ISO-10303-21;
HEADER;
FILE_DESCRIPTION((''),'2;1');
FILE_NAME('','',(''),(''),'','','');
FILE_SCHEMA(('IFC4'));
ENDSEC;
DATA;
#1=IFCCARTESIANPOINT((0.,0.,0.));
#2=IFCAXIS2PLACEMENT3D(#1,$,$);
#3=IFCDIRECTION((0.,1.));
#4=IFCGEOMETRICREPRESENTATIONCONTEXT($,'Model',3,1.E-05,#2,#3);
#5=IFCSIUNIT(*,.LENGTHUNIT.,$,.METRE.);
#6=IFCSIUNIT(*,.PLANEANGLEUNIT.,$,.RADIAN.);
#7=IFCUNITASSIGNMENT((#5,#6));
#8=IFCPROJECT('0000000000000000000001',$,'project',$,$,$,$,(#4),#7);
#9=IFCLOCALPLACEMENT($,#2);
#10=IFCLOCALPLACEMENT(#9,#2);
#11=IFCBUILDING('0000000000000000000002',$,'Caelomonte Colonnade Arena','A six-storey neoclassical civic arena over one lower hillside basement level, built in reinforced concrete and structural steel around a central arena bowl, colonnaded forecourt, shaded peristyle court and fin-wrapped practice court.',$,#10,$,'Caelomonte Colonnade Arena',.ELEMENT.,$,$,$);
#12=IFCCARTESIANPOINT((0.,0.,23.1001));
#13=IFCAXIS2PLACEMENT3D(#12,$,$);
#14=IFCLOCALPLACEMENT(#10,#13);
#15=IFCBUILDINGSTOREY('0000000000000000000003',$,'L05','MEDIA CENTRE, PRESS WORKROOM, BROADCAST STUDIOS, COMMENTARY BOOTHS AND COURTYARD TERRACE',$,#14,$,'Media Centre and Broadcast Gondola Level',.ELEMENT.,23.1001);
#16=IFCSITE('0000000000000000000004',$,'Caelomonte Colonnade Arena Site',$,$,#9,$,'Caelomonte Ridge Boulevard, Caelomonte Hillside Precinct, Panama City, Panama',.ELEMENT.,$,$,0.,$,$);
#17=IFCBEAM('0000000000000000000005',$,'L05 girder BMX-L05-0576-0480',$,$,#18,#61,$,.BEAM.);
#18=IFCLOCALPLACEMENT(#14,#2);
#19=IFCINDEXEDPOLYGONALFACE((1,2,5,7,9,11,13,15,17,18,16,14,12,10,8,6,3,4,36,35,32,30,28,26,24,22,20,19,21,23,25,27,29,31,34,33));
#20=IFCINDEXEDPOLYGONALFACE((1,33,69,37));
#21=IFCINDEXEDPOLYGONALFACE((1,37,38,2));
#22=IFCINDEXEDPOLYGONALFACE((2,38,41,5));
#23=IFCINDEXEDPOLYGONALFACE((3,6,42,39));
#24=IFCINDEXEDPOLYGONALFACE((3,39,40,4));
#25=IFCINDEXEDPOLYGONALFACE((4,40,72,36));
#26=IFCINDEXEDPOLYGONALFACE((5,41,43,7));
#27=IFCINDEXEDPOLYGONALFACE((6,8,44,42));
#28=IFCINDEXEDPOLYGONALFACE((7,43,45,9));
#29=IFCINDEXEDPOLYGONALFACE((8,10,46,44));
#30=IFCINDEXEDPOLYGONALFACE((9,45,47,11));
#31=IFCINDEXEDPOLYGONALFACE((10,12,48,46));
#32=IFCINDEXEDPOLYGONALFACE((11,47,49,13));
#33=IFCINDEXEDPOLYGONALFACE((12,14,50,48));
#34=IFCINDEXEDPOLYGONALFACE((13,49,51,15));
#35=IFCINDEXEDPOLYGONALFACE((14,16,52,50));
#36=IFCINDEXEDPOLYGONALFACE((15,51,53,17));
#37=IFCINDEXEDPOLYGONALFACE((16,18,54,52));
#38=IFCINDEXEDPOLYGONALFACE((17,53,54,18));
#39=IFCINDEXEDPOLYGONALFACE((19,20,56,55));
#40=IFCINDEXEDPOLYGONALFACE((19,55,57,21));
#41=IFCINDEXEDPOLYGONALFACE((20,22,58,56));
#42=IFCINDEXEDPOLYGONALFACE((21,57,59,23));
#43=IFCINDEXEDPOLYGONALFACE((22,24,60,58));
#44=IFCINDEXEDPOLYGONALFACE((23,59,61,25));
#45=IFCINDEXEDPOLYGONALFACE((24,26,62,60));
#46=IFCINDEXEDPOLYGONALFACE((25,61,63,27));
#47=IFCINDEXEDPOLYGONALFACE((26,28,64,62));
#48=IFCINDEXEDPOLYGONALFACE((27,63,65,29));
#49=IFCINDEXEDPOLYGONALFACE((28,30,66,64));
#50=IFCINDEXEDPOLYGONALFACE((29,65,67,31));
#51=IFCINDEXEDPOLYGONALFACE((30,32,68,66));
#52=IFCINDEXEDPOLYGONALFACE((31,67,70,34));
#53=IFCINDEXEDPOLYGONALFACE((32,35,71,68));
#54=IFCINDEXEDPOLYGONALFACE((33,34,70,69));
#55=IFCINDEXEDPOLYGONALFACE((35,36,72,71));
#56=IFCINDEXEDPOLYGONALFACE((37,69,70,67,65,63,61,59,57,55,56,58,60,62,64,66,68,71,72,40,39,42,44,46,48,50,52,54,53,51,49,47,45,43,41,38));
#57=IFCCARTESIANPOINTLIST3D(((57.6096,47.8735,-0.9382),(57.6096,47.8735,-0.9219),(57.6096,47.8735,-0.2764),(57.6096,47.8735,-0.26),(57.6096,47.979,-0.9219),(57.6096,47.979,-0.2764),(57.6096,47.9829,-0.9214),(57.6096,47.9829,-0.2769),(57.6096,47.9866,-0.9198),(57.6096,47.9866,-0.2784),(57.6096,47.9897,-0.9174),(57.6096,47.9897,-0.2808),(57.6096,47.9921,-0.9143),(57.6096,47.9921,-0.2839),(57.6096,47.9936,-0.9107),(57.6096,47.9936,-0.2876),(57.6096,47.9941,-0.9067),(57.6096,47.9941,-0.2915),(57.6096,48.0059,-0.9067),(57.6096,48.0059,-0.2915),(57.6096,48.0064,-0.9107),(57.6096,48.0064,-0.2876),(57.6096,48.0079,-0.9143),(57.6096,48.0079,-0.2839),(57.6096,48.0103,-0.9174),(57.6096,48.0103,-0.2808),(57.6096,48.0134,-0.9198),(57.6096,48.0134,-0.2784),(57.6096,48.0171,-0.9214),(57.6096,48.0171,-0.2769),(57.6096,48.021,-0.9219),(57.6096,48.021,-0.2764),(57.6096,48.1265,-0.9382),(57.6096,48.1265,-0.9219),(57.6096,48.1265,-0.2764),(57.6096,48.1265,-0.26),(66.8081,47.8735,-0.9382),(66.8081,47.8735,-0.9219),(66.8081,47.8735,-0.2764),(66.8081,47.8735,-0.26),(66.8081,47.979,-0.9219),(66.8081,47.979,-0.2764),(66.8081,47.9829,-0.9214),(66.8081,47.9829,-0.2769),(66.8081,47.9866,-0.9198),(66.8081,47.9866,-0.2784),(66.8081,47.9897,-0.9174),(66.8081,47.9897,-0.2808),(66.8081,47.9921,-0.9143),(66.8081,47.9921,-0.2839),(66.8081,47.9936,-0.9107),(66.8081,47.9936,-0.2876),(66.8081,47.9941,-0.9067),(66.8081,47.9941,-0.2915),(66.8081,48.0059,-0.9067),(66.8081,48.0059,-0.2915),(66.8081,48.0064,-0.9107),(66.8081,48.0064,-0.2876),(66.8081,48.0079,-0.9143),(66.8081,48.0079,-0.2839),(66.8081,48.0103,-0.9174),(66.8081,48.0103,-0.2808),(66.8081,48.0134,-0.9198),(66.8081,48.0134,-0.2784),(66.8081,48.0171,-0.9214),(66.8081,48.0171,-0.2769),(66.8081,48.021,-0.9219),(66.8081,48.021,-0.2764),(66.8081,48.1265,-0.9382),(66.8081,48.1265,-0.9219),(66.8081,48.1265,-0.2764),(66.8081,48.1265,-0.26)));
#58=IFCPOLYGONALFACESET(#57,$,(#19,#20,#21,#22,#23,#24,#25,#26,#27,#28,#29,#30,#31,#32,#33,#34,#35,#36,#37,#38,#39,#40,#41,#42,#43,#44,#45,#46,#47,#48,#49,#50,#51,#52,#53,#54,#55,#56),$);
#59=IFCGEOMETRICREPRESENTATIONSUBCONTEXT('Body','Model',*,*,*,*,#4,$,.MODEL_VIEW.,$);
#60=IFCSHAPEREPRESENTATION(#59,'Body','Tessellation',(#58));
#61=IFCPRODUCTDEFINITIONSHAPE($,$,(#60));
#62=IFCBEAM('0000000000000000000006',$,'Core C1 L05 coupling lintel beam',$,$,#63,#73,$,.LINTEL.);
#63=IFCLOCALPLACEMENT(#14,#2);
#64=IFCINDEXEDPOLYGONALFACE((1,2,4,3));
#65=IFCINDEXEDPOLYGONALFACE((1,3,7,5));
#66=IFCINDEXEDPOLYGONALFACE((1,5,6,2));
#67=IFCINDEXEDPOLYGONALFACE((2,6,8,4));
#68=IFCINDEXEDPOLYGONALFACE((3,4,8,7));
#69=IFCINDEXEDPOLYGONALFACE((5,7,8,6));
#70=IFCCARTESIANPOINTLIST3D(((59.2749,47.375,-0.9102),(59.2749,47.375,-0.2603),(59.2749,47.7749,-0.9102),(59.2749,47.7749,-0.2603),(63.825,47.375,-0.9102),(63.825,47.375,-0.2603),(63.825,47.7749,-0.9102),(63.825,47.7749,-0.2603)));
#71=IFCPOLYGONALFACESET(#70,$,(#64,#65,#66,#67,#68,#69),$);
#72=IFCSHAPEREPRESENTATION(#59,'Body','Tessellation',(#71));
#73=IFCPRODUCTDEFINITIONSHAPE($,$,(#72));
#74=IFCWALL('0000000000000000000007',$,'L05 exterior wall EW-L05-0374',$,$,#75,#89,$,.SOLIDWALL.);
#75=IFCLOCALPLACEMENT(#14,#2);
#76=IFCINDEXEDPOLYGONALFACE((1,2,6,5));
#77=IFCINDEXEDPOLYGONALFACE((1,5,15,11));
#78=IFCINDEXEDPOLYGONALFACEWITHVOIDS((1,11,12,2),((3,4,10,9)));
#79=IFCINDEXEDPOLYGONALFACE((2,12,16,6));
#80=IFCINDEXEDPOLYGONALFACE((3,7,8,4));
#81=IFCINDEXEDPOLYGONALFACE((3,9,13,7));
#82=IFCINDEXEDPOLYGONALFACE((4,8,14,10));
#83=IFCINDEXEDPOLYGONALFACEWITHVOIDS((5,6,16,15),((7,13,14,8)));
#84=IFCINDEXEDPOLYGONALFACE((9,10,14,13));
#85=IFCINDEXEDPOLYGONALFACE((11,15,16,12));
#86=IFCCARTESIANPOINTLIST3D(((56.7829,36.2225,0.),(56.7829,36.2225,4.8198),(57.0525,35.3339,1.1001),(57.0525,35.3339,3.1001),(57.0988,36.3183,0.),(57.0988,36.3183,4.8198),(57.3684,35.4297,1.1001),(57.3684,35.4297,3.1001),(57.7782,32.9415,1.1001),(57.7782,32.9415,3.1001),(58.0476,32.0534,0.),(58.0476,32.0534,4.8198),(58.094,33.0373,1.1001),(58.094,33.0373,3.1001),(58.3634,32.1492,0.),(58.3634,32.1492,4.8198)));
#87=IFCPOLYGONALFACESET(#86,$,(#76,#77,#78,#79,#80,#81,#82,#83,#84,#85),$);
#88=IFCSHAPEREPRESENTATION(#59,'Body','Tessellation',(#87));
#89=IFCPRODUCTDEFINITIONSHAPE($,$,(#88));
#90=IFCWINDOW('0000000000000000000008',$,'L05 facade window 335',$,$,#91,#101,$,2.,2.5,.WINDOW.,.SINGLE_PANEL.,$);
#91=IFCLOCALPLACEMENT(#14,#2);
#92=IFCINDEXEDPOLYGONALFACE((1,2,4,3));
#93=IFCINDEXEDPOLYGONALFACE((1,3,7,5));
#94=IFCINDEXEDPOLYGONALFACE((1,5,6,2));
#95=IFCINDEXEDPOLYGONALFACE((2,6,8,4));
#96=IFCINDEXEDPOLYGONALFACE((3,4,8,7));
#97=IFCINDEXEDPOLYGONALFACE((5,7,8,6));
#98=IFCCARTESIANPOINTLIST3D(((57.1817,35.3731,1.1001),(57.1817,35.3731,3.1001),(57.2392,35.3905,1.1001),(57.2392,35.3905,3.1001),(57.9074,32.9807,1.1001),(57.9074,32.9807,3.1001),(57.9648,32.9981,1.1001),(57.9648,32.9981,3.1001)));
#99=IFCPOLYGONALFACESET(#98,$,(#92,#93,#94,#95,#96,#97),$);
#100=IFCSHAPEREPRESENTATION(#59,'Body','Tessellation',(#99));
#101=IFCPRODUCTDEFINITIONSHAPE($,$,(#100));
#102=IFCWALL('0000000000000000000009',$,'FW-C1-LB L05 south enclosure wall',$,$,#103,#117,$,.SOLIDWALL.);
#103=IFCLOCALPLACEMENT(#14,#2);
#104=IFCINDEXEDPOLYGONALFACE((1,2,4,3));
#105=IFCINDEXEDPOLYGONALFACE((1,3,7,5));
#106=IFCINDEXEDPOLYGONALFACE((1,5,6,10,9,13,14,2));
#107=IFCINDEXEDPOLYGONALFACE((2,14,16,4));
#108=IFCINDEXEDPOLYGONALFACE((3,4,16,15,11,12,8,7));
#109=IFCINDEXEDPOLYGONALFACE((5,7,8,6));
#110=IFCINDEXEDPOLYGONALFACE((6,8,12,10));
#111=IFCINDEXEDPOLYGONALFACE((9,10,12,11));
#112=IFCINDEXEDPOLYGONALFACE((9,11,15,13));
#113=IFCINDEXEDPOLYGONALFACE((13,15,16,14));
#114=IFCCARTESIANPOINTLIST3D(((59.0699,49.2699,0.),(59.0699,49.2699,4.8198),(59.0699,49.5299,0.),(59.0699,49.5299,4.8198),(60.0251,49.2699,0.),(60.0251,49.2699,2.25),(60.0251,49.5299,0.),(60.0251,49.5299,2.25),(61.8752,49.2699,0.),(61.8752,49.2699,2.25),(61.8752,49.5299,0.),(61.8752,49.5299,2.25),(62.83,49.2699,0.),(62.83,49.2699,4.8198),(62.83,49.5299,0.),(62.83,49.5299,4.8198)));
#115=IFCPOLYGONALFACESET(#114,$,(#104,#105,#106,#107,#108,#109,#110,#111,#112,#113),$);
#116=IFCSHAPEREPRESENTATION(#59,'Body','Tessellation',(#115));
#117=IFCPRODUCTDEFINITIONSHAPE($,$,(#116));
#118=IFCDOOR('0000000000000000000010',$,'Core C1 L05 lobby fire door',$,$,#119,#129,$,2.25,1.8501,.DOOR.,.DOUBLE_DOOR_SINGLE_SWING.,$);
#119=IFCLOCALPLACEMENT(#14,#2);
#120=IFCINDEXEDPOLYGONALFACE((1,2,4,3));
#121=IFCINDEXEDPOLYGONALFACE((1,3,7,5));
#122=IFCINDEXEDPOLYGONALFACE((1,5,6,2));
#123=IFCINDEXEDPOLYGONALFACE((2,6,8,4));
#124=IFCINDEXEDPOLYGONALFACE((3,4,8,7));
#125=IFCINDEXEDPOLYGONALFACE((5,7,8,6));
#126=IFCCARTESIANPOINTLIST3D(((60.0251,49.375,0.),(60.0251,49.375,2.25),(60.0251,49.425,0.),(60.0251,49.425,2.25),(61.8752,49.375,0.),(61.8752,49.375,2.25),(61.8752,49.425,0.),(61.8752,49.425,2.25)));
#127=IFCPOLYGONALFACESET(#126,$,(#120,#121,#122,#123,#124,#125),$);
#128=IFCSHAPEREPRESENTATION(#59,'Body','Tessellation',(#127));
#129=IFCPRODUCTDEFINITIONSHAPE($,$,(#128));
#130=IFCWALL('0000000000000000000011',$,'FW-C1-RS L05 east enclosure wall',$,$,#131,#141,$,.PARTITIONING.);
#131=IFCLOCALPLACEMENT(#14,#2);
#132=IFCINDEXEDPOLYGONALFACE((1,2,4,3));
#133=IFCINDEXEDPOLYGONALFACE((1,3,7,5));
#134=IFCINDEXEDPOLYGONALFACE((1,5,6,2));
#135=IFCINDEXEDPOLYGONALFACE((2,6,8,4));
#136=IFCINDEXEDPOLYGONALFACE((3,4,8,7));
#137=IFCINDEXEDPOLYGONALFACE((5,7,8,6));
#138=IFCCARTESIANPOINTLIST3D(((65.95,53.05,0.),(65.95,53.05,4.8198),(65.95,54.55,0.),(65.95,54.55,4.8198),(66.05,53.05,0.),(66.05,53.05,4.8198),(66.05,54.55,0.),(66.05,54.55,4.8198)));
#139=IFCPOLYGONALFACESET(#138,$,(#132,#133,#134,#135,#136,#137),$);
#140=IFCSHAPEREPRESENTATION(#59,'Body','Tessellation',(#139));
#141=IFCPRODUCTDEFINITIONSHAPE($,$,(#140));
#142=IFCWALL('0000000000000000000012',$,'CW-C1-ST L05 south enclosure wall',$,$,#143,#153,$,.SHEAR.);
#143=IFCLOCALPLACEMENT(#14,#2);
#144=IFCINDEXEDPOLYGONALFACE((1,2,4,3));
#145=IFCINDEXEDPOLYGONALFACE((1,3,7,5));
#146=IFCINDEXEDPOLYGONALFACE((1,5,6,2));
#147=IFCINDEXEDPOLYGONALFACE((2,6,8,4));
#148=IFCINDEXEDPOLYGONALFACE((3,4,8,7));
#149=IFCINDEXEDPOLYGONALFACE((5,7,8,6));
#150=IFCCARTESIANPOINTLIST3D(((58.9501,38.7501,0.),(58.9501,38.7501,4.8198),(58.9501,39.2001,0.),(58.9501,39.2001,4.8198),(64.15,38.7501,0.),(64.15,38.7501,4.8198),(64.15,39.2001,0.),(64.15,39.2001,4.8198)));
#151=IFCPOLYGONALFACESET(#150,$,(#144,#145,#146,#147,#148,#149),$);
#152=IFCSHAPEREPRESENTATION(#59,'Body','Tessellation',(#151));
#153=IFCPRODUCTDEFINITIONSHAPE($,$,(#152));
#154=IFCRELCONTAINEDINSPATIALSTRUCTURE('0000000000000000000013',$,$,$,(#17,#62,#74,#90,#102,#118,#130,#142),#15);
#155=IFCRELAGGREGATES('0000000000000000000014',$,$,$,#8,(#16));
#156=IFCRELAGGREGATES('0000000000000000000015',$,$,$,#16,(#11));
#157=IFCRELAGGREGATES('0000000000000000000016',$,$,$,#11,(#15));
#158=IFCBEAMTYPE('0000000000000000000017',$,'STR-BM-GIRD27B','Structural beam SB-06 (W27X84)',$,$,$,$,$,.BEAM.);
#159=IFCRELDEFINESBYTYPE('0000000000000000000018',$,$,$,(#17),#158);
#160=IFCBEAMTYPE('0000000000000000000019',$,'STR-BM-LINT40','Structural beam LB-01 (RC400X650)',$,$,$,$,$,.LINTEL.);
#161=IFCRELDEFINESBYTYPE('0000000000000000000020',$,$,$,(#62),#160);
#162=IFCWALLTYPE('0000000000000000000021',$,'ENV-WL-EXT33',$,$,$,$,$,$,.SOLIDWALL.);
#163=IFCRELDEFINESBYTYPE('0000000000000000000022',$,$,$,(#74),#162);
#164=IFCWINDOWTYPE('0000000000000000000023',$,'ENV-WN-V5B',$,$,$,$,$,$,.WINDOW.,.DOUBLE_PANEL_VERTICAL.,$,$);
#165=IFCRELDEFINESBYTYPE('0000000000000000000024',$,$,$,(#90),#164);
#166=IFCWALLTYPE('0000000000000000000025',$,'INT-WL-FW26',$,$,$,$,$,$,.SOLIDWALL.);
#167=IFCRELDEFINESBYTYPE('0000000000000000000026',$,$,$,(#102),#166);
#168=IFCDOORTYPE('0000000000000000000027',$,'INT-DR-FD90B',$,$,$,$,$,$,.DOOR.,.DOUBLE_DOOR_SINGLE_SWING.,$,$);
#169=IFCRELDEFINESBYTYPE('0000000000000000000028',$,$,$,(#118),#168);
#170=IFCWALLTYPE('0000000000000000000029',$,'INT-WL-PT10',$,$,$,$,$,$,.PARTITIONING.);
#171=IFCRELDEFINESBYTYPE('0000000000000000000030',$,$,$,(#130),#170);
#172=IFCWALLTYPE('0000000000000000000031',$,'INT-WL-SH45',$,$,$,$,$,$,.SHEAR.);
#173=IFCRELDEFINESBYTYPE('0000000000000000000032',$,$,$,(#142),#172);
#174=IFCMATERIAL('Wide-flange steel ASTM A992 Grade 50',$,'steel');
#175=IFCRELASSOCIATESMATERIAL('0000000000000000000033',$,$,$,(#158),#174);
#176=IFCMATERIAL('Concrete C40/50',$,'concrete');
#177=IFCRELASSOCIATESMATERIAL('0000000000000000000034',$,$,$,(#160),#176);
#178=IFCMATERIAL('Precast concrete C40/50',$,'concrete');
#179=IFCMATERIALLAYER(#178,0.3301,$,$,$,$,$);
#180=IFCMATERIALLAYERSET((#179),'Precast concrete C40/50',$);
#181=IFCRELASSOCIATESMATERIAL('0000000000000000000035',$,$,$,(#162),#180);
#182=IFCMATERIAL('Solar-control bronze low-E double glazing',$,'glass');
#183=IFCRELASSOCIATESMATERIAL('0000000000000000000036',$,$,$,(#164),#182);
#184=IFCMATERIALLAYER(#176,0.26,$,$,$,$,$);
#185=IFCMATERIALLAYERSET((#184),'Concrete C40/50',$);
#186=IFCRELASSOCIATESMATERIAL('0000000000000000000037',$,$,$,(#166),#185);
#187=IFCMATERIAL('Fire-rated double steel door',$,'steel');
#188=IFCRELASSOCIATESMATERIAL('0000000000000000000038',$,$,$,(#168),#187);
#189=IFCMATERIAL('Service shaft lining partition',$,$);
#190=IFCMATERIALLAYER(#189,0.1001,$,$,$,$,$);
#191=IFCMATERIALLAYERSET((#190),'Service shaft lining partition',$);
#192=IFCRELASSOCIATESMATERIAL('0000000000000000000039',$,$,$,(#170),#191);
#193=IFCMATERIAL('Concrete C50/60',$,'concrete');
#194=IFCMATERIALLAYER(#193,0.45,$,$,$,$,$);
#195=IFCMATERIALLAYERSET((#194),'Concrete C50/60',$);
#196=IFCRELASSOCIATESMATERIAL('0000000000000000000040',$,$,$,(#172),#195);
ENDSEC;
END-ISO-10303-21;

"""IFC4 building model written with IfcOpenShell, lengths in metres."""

from ifc_helpers import new_model, si_unit, direction, frame, frame_2d, origin, origin_2d, place, context, subcontext, project, spatial, rectangle, i_section, extrude, material, layer, layer_set, material_profile, profile_set, type_object, element, fill, save


model = new_model("IFC4")

# Units and contexts
model_context = context("Model", 3, precision=1e-05, world=origin(), true_north=direction((0.0, 1.0)))
body_context = subcontext(model_context, "Body", "Model", "MODEL_VIEW")
ifc_project = project(units=[si_unit("LENGTHUNIT", "METRE"), si_unit("PLANEANGLEUNIT", "RADIAN")], contexts=[model_context])

# Site, building, storey
site_placement = place(None, origin())
site = spatial("IfcSite", under=ifc_project, at=site_placement, Name="Caelomonte Colonnade Arena Site", LongName="Caelomonte Ridge Boulevard, Caelomonte Hillside Precinct, Panama City, Panama", CompositionType="ELEMENT", RefElevation=0.0)
building_placement = place(site_placement, origin())
building = spatial("IfcBuilding", under=site, at=building_placement, Name="Caelomonte Colonnade Arena", Description="A six-storey neoclassical civic arena over one lower hillside basement level, built in reinforced concrete and structural steel around a central arena bowl, colonnaded forecourt, shaded peristyle court and fin-wrapped practice court.", LongName="Caelomonte Colonnade Arena", CompositionType="ELEMENT")
storey_placement = place(building_placement, frame((0.0, 0.0, 23.1001)))
storey = spatial("IfcBuildingStorey", under=building, at=storey_placement, Name="L05", Description="MEDIA CENTRE, PRESS WORKROOM, BROADCAST STUDIOS, COMMENTARY BOOTHS AND COURTYARD TERRACE", LongName="Media Centre and Broadcast Gondola Level", CompositionType="ELEMENT", Elevation=23.1001)

# Shared definitions
ifc_material_1 = material(Name="Wide-flange steel ASTM A992 Grade 50", Category="steel")

# Beams
ifc_material_profile_1 = material_profile(ifc_material_1, i_section(OverallWidth=0.2529, OverallDepth=0.6782, WebThickness=0.0117, FlangeThickness=0.0164, FilletRadius=0.0151, at=origin_2d()), Name="W27X84")
ifc_profile_set_1 = profile_set([ifc_material_profile_1], Name="Wide-flange steel ASTM A992 Grade 50")
beam_type_1 = type_object("IfcBeamType", Name="STR-BM-GIRD27B", Description="Structural beam SB-06 (W27X84)", PredefinedType="BEAM", material=ifc_profile_set_1)
for number, where, z_axis, x_axis, name in (
    (1, (57.6096, 48.0, -0.5991), (1.0, 0.0, 0.0), (0.0, 1.0, 0.0), "L05 girder BMX-L05-0576-0480"),
):
    element("IfcBeam", number, at=place(storey_placement, frame(where, z_axis=z_axis, x_axis=x_axis)), inside=storey, type_object=beam_type_1, Name=name, PredefinedType="BEAM", context=body_context, shape_type="SweptSolid", body=[
        extrude(i_section(OverallWidth=0.2529, OverallDepth=0.6782, WebThickness=0.0117, FlangeThickness=0.0164, FilletRadius=0.0151, at=origin_2d()), origin(), (0.0, 0.0, 1.0), 9.1985),
    ])
ifc_material_2 = material(Name="Concrete C40/50", Category="concrete")
ifc_material_profile_2 = material_profile(ifc_material_2, rectangle(XDim=0.3999, YDim=0.6499, at=origin_2d()), Name="RC400X650")
ifc_profile_set_2 = profile_set([ifc_material_profile_2], Name="Concrete C40/50")
beam_type_2 = type_object("IfcBeamType", Name="STR-BM-LINT40", Description="Structural beam LB-01 (RC400X650)", PredefinedType="LINTEL", material=ifc_profile_set_2)
beam_1_placement = place(storey_placement, frame((59.2749, 47.575, -0.5852), z_axis=(1.0, 0.0, 0.0), x_axis=(0.0, 1.0, 0.0)))
element("IfcBeam", 2, at=beam_1_placement, inside=storey, type_object=beam_type_2, Name="Core C1 L05 coupling lintel beam", PredefinedType="LINTEL", context=body_context, shape_type="SweptSolid", body=[
    extrude(rectangle(XDim=0.3999, YDim=0.6499, at=origin_2d()), origin(), (0.0, 0.0, 1.0), 4.55),
])

# Wall, opening, window
ifc_material_3 = material(Name="Precast concrete C40/50", Category="concrete")
ifc_layer_1 = layer(ifc_material_3, 0.3301)
ifc_layer_set_1 = layer_set([ifc_layer_1], Name="Precast concrete C40/50")
wall_type_1 = type_object("IfcWallType", Name="ENV-WL-EXT33", PredefinedType="SOLIDWALL", material=ifc_layer_set_1)
wall_1_placement = place(storey_placement, frame((56.9409, 36.2703, 0.0), z_axis=(0.0, 0.0, 1.0), x_axis=(0.290272, -0.956944, 0.0)))
wall_1 = element("IfcWall", 3, at=wall_1_placement, inside=storey, type_object=wall_type_1, Name="L05 exterior wall EW-L05-0374", PredefinedType="SOLIDWALL", context=body_context, shape_type="SweptSolid", body=[
    extrude(rectangle(XDim=4.3567, YDim=0.3301, at=frame_2d((2.1782, 0.0))), origin(), (0.0, 0.0, 1.0), 4.8198),
])
opening_1_placement = place(wall_1_placement, frame((3.4285, 0.0, 1.1001), z_axis=(0.0, 0.0, 1.0), x_axis=(-1.0, 0.0, 0.0)))
opening_1 = element("IfcOpeningElement", 4, at=opening_1_placement, cuts=wall_1, PredefinedType="OPENING", context=body_context, shape_type="SweptSolid", body=[
    extrude(rectangle(XDim=2.5, YDim=2.0, at=frame_2d((1.25, 1.0))), frame((0.0, 0.175, 0.0), z_axis=(0.0, -1.0, 0.0), x_axis=(1.0, 0.0, 0.0)), (0.0, 0.0, 1.0), 0.3501),
])
ifc_material_4 = material(Name="Solar-control bronze low-E double glazing", Category="glass")
window_type = type_object("IfcWindowType", Name="ENV-WN-V5B", PartitioningType="DOUBLE_PANEL_VERTICAL", PredefinedType="WINDOW", material=ifc_material_4)
window_placement = place(opening_1_placement, origin())
window = element("IfcWindow", 5, at=window_placement, inside=storey, type_object=window_type, Name="L05 facade window 335", OverallHeight=2.0, OverallWidth=2.5, PartitioningType="SINGLE_PANEL", PredefinedType="WINDOW", context=body_context, shape_type="SweptSolid", body=[
    extrude(rectangle(XDim=2.5, YDim=2.0, at=frame_2d((1.25, 1.0))), frame((0.0, 0.03, 0.0), z_axis=(0.0, -1.0, 0.0), x_axis=(1.0, 0.0, 0.0)), (0.0, 0.0, 1.0), 0.0601),
])
fill(opening_1, window)

# Wall, opening, door
ifc_layer_2 = layer(ifc_material_2, 0.26)
ifc_layer_set_2 = layer_set([ifc_layer_2], Name="Concrete C40/50")
wall_type_2 = type_object("IfcWallType", Name="INT-WL-FW26", PredefinedType="SOLIDWALL", material=ifc_layer_set_2)
wall_2_placement = place(storey_placement, frame((59.0701, 49.3999, 0.0), z_axis=(0.0, 0.0, 1.0), x_axis=(1.0, 0.0, 0.0)))
wall_2 = element("IfcWall", 6, at=wall_2_placement, inside=storey, type_object=wall_type_2, Name="FW-C1-LB L05 south enclosure wall", PredefinedType="SOLIDWALL", context=body_context, shape_type="SweptSolid", body=[
    extrude(rectangle(XDim=3.76, YDim=0.26, at=frame_2d((1.8799, 0.0))), origin(), (0.0, 0.0, 1.0), 4.8198),
])
opening_2_placement = place(wall_2_placement, frame((2.8052, 0.0, 0.0), z_axis=(0.0, 0.0, 1.0), x_axis=(-1.0, 0.0, 0.0)))
opening_2 = element("IfcOpeningElement", 7, at=opening_2_placement, cuts=wall_2, PredefinedType="OPENING", context=body_context, shape_type="SweptSolid", body=[
    extrude(rectangle(XDim=1.8501, YDim=2.25, at=frame_2d((0.925, 1.125))), frame((0.0, 0.1399, 0.0), z_axis=(0.0, -1.0, 0.0), x_axis=(1.0, 0.0, 0.0)), (0.0, 0.0, 1.0), 0.28),
])
ifc_material_5 = material(Name="Fire-rated double steel door", Category="steel")
door_type_1 = type_object("IfcDoorType", Name="INT-DR-FD90B", OperationType="DOUBLE_DOOR_SINGLE_SWING", PredefinedType="DOOR", material=ifc_material_5)
door_1_placement = place(opening_2_placement, origin())
door_1 = element("IfcDoor", 8, at=door_1_placement, inside=storey, type_object=door_type_1, Name="Core C1 L05 lobby fire door", OperationType="DOUBLE_DOOR_SINGLE_SWING", OverallHeight=2.25, OverallWidth=1.8501, PredefinedType="DOOR", context=body_context, shape_type="SweptSolid", body=[
    extrude(rectangle(XDim=1.8501, YDim=2.25, at=frame_2d((0.925, 1.125))), frame((0.0, 0.0249, 0.0), z_axis=(0.0, -1.0, 0.0), x_axis=(1.0, 0.0, 0.0)), (0.0, 0.0, 1.0), 0.05),
])
fill(opening_2, door_1)

# Walls
ifc_material_6 = material(Name="Service shaft lining partition")
ifc_layer_3 = layer(ifc_material_6, 0.1001)
ifc_layer_set_3 = layer_set([ifc_layer_3], Name="Service shaft lining partition")
wall_type_3 = type_object("IfcWallType", Name="INT-WL-PT10", PredefinedType="PARTITIONING", material=ifc_layer_set_3)
wall_3_placement = place(storey_placement, frame((66.0, 53.05, 0.0), z_axis=(0.0, 0.0, 1.0), x_axis=(0.0, 1.0, 0.0)))
element("IfcWall", 9, at=wall_3_placement, inside=storey, type_object=wall_type_3, Name="FW-C1-RS L05 east enclosure wall", PredefinedType="PARTITIONING", context=body_context, shape_type="SweptSolid", body=[
    extrude(rectangle(XDim=1.5, YDim=0.1001, at=frame_2d((0.75, 0.0))), origin(), (0.0, 0.0, 1.0), 4.8198),
])
ifc_material_7 = material(Name="Concrete C50/60", Category="concrete")
ifc_layer_4 = layer(ifc_material_7, 0.45)
ifc_layer_set_4 = layer_set([ifc_layer_4], Name="Concrete C50/60")
wall_type_4 = type_object("IfcWallType", Name="INT-WL-SH45", PredefinedType="SHEAR", material=ifc_layer_set_4)
wall_4_placement = place(storey_placement, frame((58.95, 38.9751, 0.0), z_axis=(0.0, 0.0, 1.0), x_axis=(1.0, 0.0, 0.0)))
element("IfcWall", 10, at=wall_4_placement, inside=storey, type_object=wall_type_4, Name="CW-C1-ST L05 south enclosure wall", PredefinedType="SHEAR", context=body_context, shape_type="SweptSolid", body=[
    extrude(rectangle(XDim=5.2, YDim=0.45, at=frame_2d((2.6001, 0.0))), origin(), (0.0, 0.0, 1.0), 4.8198),
])

save(model, "model.ifc")
